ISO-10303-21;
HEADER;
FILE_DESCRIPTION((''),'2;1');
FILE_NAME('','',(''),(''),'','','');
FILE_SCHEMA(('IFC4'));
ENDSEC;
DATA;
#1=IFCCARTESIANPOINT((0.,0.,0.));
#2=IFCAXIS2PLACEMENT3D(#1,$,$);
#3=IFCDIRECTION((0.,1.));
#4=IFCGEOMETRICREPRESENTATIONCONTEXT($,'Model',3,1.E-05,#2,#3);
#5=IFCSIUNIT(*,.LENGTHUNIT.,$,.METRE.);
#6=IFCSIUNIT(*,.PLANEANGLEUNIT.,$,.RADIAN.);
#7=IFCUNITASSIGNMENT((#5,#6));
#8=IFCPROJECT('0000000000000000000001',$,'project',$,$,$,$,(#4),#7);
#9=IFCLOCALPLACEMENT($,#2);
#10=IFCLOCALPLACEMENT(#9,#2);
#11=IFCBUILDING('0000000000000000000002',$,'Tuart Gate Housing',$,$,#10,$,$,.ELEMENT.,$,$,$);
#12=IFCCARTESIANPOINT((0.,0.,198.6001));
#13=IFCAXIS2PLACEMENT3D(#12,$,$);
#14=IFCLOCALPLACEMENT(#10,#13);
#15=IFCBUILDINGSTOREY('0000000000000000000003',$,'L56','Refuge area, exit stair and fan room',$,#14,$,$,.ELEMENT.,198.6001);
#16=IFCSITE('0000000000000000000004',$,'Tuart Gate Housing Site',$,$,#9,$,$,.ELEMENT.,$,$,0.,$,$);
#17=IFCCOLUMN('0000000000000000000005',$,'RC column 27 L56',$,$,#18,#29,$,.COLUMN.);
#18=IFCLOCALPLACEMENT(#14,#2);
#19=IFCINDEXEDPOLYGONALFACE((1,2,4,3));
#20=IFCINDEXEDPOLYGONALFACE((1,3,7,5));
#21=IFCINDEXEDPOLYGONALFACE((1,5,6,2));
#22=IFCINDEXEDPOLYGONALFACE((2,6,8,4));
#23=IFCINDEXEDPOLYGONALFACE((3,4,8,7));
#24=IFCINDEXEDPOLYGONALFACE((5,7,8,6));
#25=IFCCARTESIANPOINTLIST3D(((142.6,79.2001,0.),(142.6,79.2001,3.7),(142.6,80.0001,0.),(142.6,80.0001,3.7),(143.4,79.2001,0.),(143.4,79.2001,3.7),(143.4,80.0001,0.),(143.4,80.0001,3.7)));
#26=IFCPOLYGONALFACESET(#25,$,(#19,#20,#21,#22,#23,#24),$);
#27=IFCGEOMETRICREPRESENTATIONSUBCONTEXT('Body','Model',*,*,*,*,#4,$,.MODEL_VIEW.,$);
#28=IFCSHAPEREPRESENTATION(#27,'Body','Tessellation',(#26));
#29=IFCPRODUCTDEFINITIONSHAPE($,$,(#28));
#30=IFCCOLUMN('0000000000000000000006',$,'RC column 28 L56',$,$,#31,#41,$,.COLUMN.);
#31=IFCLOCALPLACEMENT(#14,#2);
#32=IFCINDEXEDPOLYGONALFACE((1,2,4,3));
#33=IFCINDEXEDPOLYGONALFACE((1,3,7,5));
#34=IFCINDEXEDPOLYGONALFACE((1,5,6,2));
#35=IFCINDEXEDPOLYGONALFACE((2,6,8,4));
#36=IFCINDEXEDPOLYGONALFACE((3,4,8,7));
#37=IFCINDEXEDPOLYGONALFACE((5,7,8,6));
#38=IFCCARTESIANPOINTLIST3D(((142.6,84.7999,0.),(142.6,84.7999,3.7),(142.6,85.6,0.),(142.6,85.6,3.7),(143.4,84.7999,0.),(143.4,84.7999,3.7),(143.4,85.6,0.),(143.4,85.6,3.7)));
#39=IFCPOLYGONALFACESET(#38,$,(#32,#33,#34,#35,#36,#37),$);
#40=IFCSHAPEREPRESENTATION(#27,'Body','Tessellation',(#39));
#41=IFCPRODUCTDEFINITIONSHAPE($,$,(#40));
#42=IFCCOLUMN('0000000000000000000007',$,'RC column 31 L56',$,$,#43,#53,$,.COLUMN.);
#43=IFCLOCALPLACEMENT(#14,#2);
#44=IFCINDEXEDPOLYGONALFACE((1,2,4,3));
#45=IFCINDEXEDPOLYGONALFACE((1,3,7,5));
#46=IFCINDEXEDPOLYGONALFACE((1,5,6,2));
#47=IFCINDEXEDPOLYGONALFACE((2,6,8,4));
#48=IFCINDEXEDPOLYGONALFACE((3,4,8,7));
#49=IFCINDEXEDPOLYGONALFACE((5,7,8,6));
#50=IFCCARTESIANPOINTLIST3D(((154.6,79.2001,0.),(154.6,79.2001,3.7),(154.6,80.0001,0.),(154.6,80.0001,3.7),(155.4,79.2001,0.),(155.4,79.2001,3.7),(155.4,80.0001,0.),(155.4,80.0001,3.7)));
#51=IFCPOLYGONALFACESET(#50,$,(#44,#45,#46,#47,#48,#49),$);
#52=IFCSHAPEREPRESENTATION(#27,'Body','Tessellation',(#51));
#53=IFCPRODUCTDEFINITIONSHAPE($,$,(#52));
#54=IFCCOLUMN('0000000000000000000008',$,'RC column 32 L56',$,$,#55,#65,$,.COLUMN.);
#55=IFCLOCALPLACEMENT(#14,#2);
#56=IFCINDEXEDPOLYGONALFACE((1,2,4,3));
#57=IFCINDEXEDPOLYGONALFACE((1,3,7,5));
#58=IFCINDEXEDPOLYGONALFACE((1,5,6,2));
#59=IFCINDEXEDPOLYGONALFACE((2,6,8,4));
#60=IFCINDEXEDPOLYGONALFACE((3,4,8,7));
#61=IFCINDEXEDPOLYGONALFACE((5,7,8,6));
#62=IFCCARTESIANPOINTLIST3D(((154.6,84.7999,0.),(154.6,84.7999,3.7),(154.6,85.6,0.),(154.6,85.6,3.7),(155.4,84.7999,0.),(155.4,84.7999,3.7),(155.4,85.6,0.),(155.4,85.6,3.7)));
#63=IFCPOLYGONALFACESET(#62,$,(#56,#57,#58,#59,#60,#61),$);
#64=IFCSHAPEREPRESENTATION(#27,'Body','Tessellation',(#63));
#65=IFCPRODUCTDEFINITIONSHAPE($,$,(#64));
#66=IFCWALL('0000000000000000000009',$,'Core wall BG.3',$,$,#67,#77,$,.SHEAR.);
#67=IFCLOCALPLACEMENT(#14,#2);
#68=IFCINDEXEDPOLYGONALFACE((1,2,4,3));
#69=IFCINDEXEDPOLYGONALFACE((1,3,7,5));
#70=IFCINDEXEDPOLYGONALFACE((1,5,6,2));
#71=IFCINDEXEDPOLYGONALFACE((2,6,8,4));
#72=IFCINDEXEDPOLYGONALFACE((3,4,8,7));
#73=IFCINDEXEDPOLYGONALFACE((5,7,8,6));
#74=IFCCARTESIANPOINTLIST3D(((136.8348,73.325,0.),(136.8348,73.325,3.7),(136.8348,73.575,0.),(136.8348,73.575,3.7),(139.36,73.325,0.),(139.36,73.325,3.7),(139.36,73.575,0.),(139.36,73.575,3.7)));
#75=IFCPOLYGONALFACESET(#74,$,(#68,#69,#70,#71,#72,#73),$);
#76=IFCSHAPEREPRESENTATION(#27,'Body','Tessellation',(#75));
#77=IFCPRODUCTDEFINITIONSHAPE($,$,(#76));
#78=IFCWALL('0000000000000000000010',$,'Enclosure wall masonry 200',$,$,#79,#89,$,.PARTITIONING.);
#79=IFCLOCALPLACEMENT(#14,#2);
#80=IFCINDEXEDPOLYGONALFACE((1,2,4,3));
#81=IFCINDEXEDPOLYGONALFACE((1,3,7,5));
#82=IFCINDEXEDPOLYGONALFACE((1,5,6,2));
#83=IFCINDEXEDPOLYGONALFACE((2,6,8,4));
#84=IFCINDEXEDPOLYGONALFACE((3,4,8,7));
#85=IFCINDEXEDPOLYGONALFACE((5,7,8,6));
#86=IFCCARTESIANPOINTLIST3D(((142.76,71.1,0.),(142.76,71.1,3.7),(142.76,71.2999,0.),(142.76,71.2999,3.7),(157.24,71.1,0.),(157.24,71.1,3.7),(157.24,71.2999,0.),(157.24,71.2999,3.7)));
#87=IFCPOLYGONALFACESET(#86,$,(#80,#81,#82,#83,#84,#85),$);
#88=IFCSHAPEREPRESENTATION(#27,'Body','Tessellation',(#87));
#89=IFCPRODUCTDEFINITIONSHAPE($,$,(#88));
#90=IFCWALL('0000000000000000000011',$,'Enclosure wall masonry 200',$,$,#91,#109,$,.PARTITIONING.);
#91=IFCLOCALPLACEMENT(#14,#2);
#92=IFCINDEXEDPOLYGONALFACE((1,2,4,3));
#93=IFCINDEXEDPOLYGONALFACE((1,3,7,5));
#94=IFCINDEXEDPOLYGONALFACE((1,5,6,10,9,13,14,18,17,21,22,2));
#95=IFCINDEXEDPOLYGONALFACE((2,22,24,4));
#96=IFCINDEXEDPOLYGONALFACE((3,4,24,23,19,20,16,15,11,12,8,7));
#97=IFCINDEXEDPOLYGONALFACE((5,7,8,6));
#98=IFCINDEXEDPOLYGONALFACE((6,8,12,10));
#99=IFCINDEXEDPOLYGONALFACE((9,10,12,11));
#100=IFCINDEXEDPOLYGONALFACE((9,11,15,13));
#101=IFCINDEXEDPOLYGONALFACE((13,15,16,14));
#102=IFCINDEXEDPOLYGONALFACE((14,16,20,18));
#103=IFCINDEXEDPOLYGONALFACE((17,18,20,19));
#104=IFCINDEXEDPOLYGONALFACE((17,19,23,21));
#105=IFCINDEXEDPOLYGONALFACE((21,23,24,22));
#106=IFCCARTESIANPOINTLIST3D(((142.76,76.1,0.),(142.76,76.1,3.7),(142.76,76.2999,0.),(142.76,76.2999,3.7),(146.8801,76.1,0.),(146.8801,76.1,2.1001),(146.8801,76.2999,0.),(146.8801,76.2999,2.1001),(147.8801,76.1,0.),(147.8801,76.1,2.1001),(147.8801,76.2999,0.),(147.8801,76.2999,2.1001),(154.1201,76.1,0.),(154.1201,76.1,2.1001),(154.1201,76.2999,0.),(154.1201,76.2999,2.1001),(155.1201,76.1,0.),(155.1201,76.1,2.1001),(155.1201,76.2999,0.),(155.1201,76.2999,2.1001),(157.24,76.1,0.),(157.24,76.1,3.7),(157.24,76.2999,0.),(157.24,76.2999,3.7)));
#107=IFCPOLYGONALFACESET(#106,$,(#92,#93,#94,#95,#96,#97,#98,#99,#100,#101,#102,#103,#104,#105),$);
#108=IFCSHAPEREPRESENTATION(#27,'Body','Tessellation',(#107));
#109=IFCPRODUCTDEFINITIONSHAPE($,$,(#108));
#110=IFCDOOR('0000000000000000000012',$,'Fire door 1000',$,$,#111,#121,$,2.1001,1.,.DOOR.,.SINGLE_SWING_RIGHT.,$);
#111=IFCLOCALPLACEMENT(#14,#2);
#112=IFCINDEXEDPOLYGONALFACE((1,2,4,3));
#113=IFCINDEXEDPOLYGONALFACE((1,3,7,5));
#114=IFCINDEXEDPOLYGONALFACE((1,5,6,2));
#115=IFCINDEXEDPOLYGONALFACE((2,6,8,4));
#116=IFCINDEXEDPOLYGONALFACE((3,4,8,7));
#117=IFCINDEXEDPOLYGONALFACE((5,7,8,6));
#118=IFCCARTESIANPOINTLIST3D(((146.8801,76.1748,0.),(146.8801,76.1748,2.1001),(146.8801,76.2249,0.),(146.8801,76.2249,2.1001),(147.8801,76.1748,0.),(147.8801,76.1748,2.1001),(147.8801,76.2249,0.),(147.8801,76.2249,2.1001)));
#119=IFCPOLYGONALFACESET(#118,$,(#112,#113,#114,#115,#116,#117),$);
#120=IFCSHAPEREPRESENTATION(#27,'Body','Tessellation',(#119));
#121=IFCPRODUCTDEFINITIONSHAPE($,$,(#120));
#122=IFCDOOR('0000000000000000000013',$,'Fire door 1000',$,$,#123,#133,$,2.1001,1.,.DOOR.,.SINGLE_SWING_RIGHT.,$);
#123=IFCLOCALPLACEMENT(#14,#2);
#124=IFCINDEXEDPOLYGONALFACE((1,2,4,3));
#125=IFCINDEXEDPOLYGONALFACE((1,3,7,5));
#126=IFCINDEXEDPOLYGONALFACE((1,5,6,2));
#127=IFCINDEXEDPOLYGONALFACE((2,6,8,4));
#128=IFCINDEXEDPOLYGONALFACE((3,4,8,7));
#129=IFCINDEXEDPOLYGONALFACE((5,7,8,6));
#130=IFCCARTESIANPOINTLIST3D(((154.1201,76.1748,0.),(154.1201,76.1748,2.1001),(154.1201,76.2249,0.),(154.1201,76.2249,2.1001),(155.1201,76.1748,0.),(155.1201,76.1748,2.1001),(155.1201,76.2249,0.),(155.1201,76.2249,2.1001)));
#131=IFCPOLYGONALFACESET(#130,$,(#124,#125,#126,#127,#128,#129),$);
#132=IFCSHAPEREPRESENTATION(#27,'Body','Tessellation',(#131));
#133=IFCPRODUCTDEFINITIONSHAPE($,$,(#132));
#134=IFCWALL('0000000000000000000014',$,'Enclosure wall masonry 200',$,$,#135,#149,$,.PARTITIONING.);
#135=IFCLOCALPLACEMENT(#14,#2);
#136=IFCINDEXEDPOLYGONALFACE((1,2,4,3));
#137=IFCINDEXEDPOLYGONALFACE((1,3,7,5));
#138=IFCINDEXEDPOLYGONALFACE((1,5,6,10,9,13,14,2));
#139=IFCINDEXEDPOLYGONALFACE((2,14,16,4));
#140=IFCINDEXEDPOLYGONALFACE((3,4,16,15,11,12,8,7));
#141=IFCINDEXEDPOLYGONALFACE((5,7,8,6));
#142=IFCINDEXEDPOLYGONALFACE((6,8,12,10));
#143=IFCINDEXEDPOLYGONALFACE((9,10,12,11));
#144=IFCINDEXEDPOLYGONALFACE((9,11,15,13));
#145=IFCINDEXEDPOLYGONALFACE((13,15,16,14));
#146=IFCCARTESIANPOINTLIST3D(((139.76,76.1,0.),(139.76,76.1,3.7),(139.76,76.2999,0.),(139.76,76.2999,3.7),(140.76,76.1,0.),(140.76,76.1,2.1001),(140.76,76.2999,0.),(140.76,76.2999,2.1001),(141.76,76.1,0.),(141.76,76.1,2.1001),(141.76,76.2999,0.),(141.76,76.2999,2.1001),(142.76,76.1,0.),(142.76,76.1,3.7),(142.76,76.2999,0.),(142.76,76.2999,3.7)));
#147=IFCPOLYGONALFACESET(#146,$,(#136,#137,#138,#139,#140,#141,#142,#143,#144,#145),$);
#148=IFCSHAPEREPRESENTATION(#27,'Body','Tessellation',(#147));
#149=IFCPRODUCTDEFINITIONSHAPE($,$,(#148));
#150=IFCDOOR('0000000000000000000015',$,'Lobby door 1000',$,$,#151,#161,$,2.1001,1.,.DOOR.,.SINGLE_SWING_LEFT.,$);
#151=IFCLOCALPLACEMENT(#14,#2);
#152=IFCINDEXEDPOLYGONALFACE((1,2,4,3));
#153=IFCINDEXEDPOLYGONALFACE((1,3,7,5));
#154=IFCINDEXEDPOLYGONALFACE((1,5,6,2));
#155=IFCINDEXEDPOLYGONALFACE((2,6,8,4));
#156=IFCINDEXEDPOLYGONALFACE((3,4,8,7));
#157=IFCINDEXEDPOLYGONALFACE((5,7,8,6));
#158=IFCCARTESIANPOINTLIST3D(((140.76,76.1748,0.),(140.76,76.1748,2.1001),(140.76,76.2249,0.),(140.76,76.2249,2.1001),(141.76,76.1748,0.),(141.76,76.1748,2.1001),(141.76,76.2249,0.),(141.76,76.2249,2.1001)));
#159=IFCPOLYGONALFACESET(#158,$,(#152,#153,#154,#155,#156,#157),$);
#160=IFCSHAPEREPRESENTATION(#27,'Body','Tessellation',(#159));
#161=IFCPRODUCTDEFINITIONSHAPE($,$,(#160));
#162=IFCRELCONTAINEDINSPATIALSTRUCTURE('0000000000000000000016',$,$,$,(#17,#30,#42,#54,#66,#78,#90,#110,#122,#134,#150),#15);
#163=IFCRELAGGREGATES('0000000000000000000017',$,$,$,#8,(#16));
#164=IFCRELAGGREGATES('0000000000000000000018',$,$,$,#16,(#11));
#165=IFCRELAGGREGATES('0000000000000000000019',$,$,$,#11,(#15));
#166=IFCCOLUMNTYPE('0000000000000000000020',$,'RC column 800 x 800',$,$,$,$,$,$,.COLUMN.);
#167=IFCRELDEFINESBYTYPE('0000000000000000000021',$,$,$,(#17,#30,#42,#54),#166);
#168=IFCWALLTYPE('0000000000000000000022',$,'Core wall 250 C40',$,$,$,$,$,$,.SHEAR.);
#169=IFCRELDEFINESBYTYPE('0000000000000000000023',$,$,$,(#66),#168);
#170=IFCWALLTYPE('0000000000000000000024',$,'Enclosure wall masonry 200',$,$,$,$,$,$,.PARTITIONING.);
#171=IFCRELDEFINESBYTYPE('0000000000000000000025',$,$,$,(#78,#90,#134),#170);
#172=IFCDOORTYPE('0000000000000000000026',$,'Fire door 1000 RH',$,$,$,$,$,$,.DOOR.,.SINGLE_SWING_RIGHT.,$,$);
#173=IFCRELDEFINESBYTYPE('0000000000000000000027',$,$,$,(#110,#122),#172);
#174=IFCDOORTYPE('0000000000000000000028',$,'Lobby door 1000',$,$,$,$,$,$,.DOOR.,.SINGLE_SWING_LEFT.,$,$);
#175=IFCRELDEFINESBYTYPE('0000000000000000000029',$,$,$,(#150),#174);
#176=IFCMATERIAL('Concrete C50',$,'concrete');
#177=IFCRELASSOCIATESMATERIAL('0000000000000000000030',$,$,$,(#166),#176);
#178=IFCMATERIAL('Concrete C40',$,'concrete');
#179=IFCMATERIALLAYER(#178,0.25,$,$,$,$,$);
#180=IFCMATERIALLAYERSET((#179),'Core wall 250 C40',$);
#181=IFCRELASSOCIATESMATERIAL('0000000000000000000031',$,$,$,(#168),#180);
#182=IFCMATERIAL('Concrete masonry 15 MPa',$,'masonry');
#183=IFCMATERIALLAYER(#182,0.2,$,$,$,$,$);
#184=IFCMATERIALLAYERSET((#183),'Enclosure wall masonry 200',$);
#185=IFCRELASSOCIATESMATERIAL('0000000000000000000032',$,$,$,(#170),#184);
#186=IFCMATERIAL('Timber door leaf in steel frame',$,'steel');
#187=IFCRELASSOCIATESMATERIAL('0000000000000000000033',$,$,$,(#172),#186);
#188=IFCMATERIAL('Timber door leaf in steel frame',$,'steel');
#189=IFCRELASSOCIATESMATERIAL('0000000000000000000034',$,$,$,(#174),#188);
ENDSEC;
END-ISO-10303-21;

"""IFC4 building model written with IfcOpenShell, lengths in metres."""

from ifc_helpers import new_model, si_unit, direction, frame, frame_2d, origin, origin_2d, place, context, subcontext, project, spatial, rectangle, extrude, material, layer, layer_set, material_profile, profile_set, type_object, element, fill, save


model = new_model("IFC4")

# Units and contexts
model_context = context("Model", 3, precision=1e-05, world=origin(), true_north=direction((0.0, 1.0)))
body_context = subcontext(model_context, "Body", "Model", "MODEL_VIEW")
ifc_project = project(units=[si_unit("LENGTHUNIT", "METRE"), si_unit("PLANEANGLEUNIT", "RADIAN")], contexts=[model_context])

# Site, building, storey
site_placement = place(None, origin())
site = spatial("IfcSite", under=ifc_project, at=site_placement, Name="Tuart Gate Housing Site", CompositionType="ELEMENT", RefElevation=0.0)
building_placement = place(site_placement, origin())
building = spatial("IfcBuilding", under=site, at=building_placement, Name="Tuart Gate Housing", CompositionType="ELEMENT")
storey_placement = place(building_placement, frame((0.0, 0.0, 198.6001)))
storey = spatial("IfcBuildingStorey", under=building, at=storey_placement, Name="L56", Description="Refuge area, exit stair and fan room", CompositionType="ELEMENT", Elevation=198.6001)

# Columns
ifc_material_1 = material(Name="Concrete C50", Category="concrete")
ifc_material_profile = material_profile(ifc_material_1, rectangle(XDim=0.8, YDim=0.8, at=origin_2d()), Name="RC column 800 x 800")
ifc_profile_set = profile_set([ifc_material_profile], Name="Concrete C50")
column_type = type_object("IfcColumnType", Name="RC column 800 x 800", PredefinedType="COLUMN", material=ifc_profile_set)
for number, where, z_axis, x_axis, name in (
    (1, (143.0, 79.6001, 0.0), (0.0, 0.0, 1.0), (1.0, 0.0, 0.0), "RC column 27 L56"),
    (2, (143.0, 85.2, 0.0), (0.0, 0.0, 1.0), (1.0, 0.0, 0.0), "RC column 28 L56"),
    (3, (155.0, 79.6001, 0.0), (0.0, 0.0, 1.0), (1.0, 0.0, 0.0), "RC column 31 L56"),
    (4, (155.0, 85.2, 0.0), (0.0, 0.0, 1.0), (1.0, 0.0, 0.0), "RC column 32 L56"),
):
    element("IfcColumn", number, at=place(storey_placement, frame(where, z_axis=z_axis, x_axis=x_axis)), inside=storey, type_object=column_type, Name=name, PredefinedType="COLUMN", context=body_context, shape_type="SweptSolid", body=[
        extrude(rectangle(XDim=0.8, YDim=0.8, at=origin_2d()), origin(), (0.0, 0.0, 1.0), 3.7),
    ])

# Walls
ifc_material_2 = material(Name="Concrete C40", Category="concrete")
ifc_layer_1 = layer(ifc_material_2, 0.25)
ifc_layer_set_1 = layer_set([ifc_layer_1], Name="Core wall 250 C40")
wall_type_1 = type_object("IfcWallType", Name="Core wall 250 C40", PredefinedType="SHEAR", material=ifc_layer_set_1)
wall_1_placement = place(storey_placement, frame((139.3601, 73.45, 0.0), z_axis=(0.0, 0.0, 1.0), x_axis=(-1.0, 0.0, 0.0)))
element("IfcWall", 5, at=wall_1_placement, inside=storey, type_object=wall_type_1, Name="Core wall BG.3", PredefinedType="SHEAR", context=body_context, shape_type="SweptSolid", body=[
    extrude(rectangle(XDim=2.5251, YDim=0.25, at=frame_2d((1.2627, 0.0))), origin(), (0.0, 0.0, 1.0), 3.7),
])
ifc_material_3 = material(Name="Concrete masonry 15 MPa", Category="masonry")
ifc_layer_2 = layer(ifc_material_3, 0.2)
ifc_layer_set_2 = layer_set([ifc_layer_2], Name="Enclosure wall masonry 200")
wall_type_2 = type_object("IfcWallType", Name="Enclosure wall masonry 200", PredefinedType="PARTITIONING", material=ifc_layer_set_2)
wall_2_placement = place(storey_placement, frame((142.76, 71.2, 0.0), z_axis=(0.0, 0.0, 1.0), x_axis=(1.0, 0.0, 0.0)))
element("IfcWall", 6, at=wall_2_placement, inside=storey, type_object=wall_type_2, Name="Enclosure wall masonry 200", PredefinedType="PARTITIONING", context=body_context, shape_type="SweptSolid", body=[
    extrude(rectangle(XDim=14.48, YDim=0.2, at=frame_2d((7.24, 0.0))), origin(), (0.0, 0.0, 1.0), 3.7),
])

# Wall, openings, doors
wall_3_placement = place(storey_placement, frame((142.76, 76.2, 0.0), z_axis=(0.0, 0.0, 1.0), x_axis=(1.0, 0.0, 0.0)))
wall_3 = element("IfcWall", 7, at=wall_3_placement, inside=storey, type_object=wall_type_2, Name="Enclosure wall masonry 200", PredefinedType="PARTITIONING", context=body_context, shape_type="SweptSolid", body=[
    extrude(rectangle(XDim=14.48, YDim=0.2, at=frame_2d((7.24, 0.0))), origin(), (0.0, 0.0, 1.0), 3.7),
])
opening_1_placement = place(wall_3_placement, frame((4.1201, 0.0, 0.0)))
opening_1 = element("IfcOpeningElement", 8, at=opening_1_placement, cuts=wall_3, PredefinedType="OPENING", context=body_context, shape_type="SweptSolid", body=[
    extrude(rectangle(XDim=1.0, YDim=2.1001, at=frame_2d((0.5, 1.05))), frame((0.0, 0.1099, 0.0), z_axis=(0.0, -1.0, 0.0), x_axis=(1.0, 0.0, 0.0)), (0.0, 0.0, 1.0), 0.22),
])
opening_2_placement = place(wall_3_placement, frame((11.3601, 0.0, 0.0)))
opening_2 = element("IfcOpeningElement", 9, at=opening_2_placement, cuts=wall_3, PredefinedType="OPENING", context=body_context, shape_type="SweptSolid", body=[
    extrude(rectangle(XDim=1.0, YDim=2.1001, at=frame_2d((0.5, 1.05))), frame((0.0, 0.1099, 0.0), z_axis=(0.0, -1.0, 0.0), x_axis=(1.0, 0.0, 0.0)), (0.0, 0.0, 1.0), 0.22),
])
ifc_material_4 = material(Name="Timber door leaf in steel frame", Category="steel")
door_type_1 = type_object("IfcDoorType", Name="Fire door 1000 RH", OperationType="SINGLE_SWING_RIGHT", PredefinedType="DOOR", material=ifc_material_4)
door_1_placement = place(opening_1_placement, frame((1.0, 0.0, 0.0), z_axis=(0.0, 0.0, 1.0), x_axis=(-1.0, 0.0, 0.0)))
door_1 = element("IfcDoor", 10, at=door_1_placement, inside=storey, type_object=door_type_1, Name="Fire door 1000", OperationType="SINGLE_SWING_RIGHT", OverallHeight=2.1001, OverallWidth=1.0, PredefinedType="DOOR", context=body_context, shape_type="SweptSolid", body=[
    extrude(rectangle(XDim=1.0, YDim=2.1001, at=frame_2d((0.5, 1.05))), frame((0.0, 0.0251, 0.0), z_axis=(0.0, -1.0, 0.0), x_axis=(1.0, 0.0, 0.0)), (0.0, 0.0, 1.0), 0.05),
])
fill(opening_1, door_1)
door_2_placement = place(opening_2_placement, frame((1.0, 0.0, 0.0), z_axis=(0.0, 0.0, 1.0), x_axis=(-1.0, 0.0, 0.0)))
door_2 = element("IfcDoor", 11, at=door_2_placement, inside=storey, type_object=door_type_1, Name="Fire door 1000", OperationType="SINGLE_SWING_RIGHT", OverallHeight=2.1001, OverallWidth=1.0, PredefinedType="DOOR", context=body_context, shape_type="SweptSolid", body=[
    extrude(rectangle(XDim=1.0, YDim=2.1001, at=frame_2d((0.5, 1.05))), frame((0.0, 0.0251, 0.0), z_axis=(0.0, -1.0, 0.0), x_axis=(1.0, 0.0, 0.0)), (0.0, 0.0, 1.0), 0.05),
])
fill(opening_2, door_2)

# Wall, opening, door
wall_4_placement = place(storey_placement, frame((139.76, 76.2, 0.0), z_axis=(0.0, 0.0, 1.0), x_axis=(1.0, 0.0, 0.0)))
wall_4 = element("IfcWall", 12, at=wall_4_placement, inside=storey, type_object=wall_type_2, Name="Enclosure wall masonry 200", PredefinedType="PARTITIONING", context=body_context, shape_type="SweptSolid", body=[
    extrude(rectangle(XDim=3.0, YDim=0.2, at=frame_2d((1.5, 0.0))), origin(), (0.0, 0.0, 1.0), 3.7),
])
opening_3_placement = place(wall_4_placement, frame((1.0, 0.0, 0.0)))
opening_3 = element("IfcOpeningElement", 13, at=opening_3_placement, cuts=wall_4, PredefinedType="OPENING", context=body_context, shape_type="SweptSolid", body=[
    extrude(rectangle(XDim=1.0, YDim=2.1001, at=frame_2d((0.5, 1.05))), frame((0.0, 0.1099, 0.0), z_axis=(0.0, -1.0, 0.0), x_axis=(1.0, 0.0, 0.0)), (0.0, 0.0, 1.0), 0.22),
])
ifc_material_5 = material(Name="Timber door leaf in steel frame", Category="steel")
door_type_2 = type_object("IfcDoorType", Name="Lobby door 1000", OperationType="SINGLE_SWING_LEFT", PredefinedType="DOOR", material=ifc_material_5)
door_3_placement = place(opening_3_placement, frame((1.0, 0.0, 0.0), z_axis=(0.0, 0.0, 1.0), x_axis=(-1.0, 0.0, 0.0)))
door_3 = element("IfcDoor", 14, at=door_3_placement, inside=storey, type_object=door_type_2, Name="Lobby door 1000", OperationType="SINGLE_SWING_LEFT", OverallHeight=2.1001, OverallWidth=1.0, PredefinedType="DOOR", context=body_context, shape_type="SweptSolid", body=[
    extrude(rectangle(XDim=1.0, YDim=2.1001, at=frame_2d((0.5, 1.05))), frame((0.0, 0.0251, 0.0), z_axis=(0.0, -1.0, 0.0), x_axis=(1.0, 0.0, 0.0)), (0.0, 0.0, 1.0), 0.05),
])
fill(opening_3, door_3)

save(model, "model.ifc")
